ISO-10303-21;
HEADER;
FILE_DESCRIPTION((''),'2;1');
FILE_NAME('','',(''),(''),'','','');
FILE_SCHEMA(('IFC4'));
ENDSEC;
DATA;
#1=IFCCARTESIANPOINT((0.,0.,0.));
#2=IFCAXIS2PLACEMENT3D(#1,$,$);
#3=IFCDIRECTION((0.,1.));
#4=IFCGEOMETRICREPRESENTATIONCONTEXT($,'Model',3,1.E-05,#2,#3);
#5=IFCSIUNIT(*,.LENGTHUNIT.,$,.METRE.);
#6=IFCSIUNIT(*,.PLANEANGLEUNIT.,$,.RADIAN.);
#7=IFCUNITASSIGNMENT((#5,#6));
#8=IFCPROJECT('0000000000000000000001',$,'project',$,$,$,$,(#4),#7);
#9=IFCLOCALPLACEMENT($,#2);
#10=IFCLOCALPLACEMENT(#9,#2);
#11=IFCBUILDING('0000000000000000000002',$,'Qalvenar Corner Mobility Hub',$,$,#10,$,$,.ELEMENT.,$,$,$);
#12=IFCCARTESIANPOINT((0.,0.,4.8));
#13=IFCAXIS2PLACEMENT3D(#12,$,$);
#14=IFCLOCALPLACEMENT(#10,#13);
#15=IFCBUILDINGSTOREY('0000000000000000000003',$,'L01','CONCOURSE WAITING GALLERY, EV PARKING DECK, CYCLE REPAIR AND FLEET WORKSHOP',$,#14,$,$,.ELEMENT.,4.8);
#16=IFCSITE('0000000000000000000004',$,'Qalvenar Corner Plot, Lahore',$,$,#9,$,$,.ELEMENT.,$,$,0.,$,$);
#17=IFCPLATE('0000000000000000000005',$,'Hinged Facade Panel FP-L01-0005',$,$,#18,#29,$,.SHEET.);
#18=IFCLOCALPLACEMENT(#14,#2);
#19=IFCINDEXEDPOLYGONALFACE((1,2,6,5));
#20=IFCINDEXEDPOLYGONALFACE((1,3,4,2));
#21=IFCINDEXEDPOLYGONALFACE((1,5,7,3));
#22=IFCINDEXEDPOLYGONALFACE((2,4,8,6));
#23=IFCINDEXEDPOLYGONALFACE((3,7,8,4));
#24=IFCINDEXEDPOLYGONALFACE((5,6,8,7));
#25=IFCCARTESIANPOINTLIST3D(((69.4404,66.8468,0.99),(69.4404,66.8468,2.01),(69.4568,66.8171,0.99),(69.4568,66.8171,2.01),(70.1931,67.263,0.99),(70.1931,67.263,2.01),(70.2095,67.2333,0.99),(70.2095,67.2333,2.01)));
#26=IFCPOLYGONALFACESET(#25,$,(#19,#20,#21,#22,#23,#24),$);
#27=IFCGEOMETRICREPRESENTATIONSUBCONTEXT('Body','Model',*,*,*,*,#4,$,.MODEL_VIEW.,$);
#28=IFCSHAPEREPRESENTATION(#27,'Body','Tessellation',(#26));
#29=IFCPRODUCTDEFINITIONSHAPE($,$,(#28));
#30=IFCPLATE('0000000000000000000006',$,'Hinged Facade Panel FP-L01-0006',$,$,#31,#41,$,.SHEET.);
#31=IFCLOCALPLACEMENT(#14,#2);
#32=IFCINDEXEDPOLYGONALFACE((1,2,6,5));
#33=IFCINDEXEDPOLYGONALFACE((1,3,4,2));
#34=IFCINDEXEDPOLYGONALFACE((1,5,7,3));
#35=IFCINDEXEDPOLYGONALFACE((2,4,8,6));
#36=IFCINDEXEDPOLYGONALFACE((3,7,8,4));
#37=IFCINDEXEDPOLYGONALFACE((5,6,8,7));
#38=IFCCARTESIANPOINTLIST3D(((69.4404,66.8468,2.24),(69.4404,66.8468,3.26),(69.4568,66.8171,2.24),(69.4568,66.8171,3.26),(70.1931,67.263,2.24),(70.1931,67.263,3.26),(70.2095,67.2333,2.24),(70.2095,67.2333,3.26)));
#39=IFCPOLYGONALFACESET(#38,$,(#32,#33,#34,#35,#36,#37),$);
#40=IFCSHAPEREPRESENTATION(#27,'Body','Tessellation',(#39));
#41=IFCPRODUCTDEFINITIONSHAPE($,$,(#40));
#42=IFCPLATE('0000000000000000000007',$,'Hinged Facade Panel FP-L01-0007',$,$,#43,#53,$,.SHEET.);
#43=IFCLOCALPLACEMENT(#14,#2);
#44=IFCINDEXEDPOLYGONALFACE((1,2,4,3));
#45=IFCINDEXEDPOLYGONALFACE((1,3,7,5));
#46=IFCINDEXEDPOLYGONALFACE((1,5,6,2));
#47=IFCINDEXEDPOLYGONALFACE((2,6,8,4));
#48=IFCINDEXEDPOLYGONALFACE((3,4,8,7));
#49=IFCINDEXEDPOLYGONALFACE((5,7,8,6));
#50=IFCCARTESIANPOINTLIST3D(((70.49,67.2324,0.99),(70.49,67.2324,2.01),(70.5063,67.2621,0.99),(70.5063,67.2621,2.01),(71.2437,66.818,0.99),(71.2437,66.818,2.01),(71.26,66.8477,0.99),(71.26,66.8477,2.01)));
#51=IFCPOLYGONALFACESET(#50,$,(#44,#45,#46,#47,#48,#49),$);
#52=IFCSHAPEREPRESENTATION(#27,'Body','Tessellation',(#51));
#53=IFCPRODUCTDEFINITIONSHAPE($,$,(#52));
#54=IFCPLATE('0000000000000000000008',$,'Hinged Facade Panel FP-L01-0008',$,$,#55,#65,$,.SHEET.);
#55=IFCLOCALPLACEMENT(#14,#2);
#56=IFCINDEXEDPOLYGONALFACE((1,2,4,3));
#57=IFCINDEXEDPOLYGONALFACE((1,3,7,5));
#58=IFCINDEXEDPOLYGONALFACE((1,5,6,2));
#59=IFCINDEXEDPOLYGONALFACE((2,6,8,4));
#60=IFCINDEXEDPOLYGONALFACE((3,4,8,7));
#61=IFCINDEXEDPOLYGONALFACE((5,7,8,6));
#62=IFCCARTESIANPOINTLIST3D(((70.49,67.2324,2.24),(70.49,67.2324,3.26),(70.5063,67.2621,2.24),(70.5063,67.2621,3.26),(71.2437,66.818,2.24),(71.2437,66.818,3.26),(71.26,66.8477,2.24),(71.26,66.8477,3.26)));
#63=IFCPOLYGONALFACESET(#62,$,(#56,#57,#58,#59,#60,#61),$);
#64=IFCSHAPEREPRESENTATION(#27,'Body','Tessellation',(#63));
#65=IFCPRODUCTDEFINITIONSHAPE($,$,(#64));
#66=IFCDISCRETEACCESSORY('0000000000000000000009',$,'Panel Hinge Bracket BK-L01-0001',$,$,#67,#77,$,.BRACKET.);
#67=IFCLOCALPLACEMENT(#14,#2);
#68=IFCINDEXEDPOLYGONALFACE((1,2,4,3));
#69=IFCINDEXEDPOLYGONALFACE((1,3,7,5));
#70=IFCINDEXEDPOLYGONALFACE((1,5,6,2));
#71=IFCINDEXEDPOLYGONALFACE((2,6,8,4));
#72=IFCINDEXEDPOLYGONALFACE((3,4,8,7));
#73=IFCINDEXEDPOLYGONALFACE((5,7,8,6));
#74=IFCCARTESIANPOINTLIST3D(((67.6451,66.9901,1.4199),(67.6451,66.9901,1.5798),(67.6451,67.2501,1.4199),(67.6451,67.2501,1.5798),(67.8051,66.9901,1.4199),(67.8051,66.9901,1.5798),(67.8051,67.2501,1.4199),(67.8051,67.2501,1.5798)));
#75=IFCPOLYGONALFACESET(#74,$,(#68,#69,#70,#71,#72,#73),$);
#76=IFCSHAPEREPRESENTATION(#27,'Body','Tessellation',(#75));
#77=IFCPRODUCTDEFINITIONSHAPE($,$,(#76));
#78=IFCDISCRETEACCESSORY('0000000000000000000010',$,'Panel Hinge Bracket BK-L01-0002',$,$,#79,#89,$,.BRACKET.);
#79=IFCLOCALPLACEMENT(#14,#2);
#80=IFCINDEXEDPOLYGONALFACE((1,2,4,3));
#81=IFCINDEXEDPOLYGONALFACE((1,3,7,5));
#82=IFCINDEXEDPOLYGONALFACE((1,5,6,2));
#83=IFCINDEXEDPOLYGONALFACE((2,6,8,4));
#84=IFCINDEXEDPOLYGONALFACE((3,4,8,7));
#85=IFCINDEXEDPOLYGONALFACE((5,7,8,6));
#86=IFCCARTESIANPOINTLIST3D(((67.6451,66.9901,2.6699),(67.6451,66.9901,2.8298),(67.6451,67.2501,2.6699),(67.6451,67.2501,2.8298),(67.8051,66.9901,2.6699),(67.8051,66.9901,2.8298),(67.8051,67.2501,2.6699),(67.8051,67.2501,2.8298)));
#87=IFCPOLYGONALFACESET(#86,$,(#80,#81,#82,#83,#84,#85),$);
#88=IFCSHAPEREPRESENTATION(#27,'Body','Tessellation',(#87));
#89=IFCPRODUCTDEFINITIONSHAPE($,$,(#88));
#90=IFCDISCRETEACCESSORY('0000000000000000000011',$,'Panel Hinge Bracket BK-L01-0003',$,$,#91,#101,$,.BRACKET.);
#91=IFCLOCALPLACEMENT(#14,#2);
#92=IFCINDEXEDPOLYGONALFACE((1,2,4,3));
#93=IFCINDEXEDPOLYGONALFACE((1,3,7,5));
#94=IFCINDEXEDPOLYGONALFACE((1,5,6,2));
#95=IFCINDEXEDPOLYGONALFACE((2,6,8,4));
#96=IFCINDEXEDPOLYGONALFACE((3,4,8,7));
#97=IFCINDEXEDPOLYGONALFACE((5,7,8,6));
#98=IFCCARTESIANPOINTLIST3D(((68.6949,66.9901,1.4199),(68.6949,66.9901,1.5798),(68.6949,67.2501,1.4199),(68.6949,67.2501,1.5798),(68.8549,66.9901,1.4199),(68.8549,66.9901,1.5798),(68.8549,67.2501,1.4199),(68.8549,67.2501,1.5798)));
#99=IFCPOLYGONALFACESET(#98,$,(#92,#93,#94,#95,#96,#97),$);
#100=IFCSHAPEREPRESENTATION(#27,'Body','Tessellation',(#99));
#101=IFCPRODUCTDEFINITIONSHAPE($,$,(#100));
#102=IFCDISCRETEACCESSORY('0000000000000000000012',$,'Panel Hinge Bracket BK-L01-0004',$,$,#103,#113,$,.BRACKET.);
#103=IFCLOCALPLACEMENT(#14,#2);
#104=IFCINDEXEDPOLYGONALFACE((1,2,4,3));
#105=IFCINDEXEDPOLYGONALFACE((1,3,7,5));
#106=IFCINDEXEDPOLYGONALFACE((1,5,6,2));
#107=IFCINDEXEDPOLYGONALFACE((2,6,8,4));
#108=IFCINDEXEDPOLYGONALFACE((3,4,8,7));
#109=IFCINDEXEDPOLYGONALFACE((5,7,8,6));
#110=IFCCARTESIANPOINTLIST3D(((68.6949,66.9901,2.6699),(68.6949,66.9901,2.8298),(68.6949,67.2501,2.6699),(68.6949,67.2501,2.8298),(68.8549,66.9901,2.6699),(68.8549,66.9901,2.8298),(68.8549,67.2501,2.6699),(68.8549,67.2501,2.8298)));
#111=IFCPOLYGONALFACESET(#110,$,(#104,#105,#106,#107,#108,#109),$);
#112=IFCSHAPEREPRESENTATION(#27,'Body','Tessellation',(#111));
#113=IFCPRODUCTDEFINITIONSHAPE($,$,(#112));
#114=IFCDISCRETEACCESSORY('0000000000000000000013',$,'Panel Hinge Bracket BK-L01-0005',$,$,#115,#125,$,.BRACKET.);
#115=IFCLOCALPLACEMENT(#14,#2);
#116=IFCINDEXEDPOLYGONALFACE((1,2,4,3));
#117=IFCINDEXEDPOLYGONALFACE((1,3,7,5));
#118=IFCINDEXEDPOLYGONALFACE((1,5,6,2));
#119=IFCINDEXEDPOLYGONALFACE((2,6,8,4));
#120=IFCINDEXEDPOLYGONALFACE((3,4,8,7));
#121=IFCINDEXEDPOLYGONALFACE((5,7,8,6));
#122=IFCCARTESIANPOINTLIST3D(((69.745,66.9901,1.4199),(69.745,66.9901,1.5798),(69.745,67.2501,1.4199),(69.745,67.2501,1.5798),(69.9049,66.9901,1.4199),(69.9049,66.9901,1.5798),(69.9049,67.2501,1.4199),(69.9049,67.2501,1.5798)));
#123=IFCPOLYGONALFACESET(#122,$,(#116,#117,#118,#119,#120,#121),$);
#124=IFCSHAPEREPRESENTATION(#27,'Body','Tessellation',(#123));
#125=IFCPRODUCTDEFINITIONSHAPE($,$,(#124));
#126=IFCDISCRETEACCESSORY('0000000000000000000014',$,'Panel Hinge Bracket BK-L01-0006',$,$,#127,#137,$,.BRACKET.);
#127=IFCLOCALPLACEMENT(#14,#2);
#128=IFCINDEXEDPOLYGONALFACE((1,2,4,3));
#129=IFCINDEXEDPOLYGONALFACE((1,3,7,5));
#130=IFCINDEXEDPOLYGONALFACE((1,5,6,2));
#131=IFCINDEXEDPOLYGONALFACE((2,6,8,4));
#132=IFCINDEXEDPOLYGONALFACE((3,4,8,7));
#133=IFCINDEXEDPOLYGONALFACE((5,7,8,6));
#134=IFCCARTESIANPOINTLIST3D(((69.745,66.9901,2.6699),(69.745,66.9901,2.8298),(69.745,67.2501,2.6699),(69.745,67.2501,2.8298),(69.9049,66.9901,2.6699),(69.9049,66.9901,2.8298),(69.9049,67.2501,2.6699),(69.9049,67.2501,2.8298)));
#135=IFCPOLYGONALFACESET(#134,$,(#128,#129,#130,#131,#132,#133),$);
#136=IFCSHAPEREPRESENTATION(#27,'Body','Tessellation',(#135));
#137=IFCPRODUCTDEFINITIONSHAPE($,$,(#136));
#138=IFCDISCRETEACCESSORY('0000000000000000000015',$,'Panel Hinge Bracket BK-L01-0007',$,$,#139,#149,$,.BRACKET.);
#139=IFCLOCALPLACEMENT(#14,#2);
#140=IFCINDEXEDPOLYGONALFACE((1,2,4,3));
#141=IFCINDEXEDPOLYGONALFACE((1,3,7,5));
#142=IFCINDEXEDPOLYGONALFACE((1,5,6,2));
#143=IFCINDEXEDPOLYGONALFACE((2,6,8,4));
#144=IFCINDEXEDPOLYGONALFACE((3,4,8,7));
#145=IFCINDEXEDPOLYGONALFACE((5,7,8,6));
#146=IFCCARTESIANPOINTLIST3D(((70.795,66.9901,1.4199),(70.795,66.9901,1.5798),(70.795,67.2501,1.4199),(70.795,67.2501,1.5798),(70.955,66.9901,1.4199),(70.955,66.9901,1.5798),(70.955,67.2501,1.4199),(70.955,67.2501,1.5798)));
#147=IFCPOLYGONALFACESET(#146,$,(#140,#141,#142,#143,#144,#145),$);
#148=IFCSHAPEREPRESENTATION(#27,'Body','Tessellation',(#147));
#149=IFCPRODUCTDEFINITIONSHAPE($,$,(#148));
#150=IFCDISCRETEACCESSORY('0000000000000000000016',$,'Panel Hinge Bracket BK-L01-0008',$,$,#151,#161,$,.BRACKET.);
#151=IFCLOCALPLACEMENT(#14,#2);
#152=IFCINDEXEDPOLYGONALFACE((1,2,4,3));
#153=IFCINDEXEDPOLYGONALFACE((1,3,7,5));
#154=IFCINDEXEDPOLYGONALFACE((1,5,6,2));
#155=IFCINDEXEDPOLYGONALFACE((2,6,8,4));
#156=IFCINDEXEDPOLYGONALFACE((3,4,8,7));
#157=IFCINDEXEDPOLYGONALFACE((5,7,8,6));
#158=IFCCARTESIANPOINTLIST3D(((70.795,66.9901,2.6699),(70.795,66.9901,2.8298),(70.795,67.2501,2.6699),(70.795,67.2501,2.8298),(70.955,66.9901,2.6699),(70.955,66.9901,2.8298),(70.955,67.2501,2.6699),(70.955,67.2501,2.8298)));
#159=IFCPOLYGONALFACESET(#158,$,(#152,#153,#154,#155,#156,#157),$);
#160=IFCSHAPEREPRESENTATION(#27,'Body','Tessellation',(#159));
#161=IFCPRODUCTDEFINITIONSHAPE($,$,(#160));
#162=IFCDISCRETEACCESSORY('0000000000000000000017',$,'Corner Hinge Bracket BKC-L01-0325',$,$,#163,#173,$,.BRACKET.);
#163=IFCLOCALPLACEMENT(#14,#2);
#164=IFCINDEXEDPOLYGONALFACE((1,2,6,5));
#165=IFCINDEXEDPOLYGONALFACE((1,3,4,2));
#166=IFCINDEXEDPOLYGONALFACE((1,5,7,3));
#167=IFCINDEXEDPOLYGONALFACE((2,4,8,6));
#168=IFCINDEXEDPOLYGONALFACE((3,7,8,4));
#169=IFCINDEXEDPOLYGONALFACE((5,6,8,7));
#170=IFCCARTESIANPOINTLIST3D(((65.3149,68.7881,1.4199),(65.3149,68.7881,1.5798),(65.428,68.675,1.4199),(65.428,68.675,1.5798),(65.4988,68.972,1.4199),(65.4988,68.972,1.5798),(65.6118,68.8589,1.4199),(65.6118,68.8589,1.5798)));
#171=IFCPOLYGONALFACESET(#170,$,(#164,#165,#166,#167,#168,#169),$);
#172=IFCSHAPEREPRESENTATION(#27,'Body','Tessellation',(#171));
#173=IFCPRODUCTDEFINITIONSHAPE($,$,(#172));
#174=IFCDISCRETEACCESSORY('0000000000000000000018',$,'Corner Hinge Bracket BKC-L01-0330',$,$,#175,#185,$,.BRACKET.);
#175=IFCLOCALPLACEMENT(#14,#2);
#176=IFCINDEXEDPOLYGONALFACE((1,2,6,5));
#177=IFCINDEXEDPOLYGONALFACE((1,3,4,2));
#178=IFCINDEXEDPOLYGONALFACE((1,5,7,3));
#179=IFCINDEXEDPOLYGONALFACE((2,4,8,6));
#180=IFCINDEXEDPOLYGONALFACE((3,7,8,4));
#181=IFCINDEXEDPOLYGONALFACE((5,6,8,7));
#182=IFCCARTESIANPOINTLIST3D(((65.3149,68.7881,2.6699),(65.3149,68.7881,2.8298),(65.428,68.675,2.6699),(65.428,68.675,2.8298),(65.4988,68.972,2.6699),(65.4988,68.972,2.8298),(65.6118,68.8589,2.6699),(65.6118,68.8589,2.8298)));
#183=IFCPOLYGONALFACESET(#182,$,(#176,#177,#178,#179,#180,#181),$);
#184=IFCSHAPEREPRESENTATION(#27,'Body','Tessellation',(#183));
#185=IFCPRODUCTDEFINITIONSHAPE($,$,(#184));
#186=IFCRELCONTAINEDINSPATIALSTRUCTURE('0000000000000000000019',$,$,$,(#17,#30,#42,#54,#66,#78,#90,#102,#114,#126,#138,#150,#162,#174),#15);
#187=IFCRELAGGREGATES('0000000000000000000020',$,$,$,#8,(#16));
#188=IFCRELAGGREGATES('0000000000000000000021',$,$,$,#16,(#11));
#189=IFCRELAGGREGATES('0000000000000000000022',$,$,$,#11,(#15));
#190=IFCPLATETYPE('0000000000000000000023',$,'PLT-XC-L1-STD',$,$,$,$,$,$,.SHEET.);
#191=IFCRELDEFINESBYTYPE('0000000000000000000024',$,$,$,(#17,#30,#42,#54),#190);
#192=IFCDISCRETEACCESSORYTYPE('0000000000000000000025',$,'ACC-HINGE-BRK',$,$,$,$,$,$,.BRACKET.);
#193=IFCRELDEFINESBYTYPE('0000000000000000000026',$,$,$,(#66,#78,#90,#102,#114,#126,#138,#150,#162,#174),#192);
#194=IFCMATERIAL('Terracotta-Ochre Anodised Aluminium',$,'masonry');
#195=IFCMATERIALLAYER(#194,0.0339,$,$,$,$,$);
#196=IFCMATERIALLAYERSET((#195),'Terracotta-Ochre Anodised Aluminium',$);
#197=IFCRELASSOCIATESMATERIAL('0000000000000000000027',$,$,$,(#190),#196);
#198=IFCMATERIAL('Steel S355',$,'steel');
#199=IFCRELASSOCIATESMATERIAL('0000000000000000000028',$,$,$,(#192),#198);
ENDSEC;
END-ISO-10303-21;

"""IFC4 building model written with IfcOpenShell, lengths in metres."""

from ifc_helpers import new_model, si_unit, direction, frame, origin, origin_2d, place, context, subcontext, project, spatial, rectangle, extrude, material, layer, layer_set, type_object, element, save


model = new_model("IFC4")

# Units and contexts
model_context = context("Model", 3, precision=1e-05, world=origin(), true_north=direction((0.0, 1.0)))
body_context = subcontext(model_context, "Body", "Model", "MODEL_VIEW")
ifc_project = project(units=[si_unit("LENGTHUNIT", "METRE"), si_unit("PLANEANGLEUNIT", "RADIAN")], contexts=[model_context])

# Site, building, storey
site_placement = place(None, origin())
site = spatial("IfcSite", under=ifc_project, at=site_placement, Name="Qalvenar Corner Plot, Lahore", CompositionType="ELEMENT", RefElevation=0.0)
building_placement = place(site_placement, origin())
building = spatial("IfcBuilding", under=site, at=building_placement, Name="Qalvenar Corner Mobility Hub", CompositionType="ELEMENT")
storey_placement = place(building_placement, frame((0.0, 0.0, 4.8)))
storey = spatial("IfcBuildingStorey", under=building, at=storey_placement, Name="L01", Description="CONCOURSE WAITING GALLERY, EV PARKING DECK, CYCLE REPAIR AND FLEET WORKSHOP", CompositionType="ELEMENT", Elevation=4.8)

# Shared definitions
ifc_material_1 = material(Name="Steel S355", Category="steel")

# Plates
ifc_material_2 = material(Name="Terracotta-Ochre Anodised Aluminium", Category="masonry")
ifc_layer_1 = layer(ifc_material_2, 0.0339)
ifc_layer_set_1 = layer_set([ifc_layer_1], Name="Terracotta-Ochre Anodised Aluminium")
plate_type_1 = type_object("IfcPlateType", Name="PLT-XC-L1-STD", PredefinedType="SHEET", material=ifc_layer_set_1)
for number, where, z_axis, x_axis, name in (
    (1, (69.825, 67.04, 0.99), (0.0, 0.0, 1.0), (0.875127, 0.483893, 0.0), "Hinged Facade Panel FP-L01-0005"),
    (2, (69.825, 67.04, 2.24), (0.0, 0.0, 1.0), (0.875127, 0.483893, 0.0), "Hinged Facade Panel FP-L01-0006"),
    (3, (70.875, 67.04, 0.99), (0.0, 0.0, 1.0), (0.876307, -0.481754, 0.0), "Hinged Facade Panel FP-L01-0007"),
    (4, (70.875, 67.04, 2.24), (0.0, 0.0, 1.0), (0.876307, -0.481754, 0.0), "Hinged Facade Panel FP-L01-0008"),
):
    element("IfcPlate", number, at=place(storey_placement, frame(where, z_axis=z_axis, x_axis=x_axis)), inside=storey, type_object=plate_type_1, Name=name, PredefinedType="SHEET", context=body_context, shape_type="SweptSolid", body=[
        extrude(rectangle(XDim=0.8601, YDim=0.0339, at=origin_2d()), origin(), (0.0, 0.0, 1.0), 1.02),
    ])

# Discrete accessories
discrete_accessory_type = type_object("IfcDiscreteAccessoryType", Name="ACC-HINGE-BRK", PredefinedType="BRACKET", material=ifc_material_1)
for number, where, z_axis, x_axis, name in (
    (5, (67.7251, 67.1201, 1.4199), (0.0, 0.0, 1.0), (1.0, 0.0, 0.0), "Panel Hinge Bracket BK-L01-0001"),
    (6, (67.7251, 67.1201, 2.6699), (0.0, 0.0, 1.0), (1.0, 0.0, 0.0), "Panel Hinge Bracket BK-L01-0002"),
    (7, (68.7749, 67.1201, 1.4199), (0.0, 0.0, 1.0), (1.0, 0.0, 0.0), "Panel Hinge Bracket BK-L01-0003"),
    (8, (68.7749, 67.1201, 2.6699), (0.0, 0.0, 1.0), (1.0, 0.0, 0.0), "Panel Hinge Bracket BK-L01-0004"),
    (9, (69.825, 67.1201, 1.4199), (0.0, 0.0, 1.0), (1.0, 0.0, 0.0), "Panel Hinge Bracket BK-L01-0005"),
    (10, (69.825, 67.1201, 2.6699), (0.0, 0.0, 1.0), (1.0, 0.0, 0.0), "Panel Hinge Bracket BK-L01-0006"),
    (11, (70.875, 67.1201, 1.4199), (0.0, 0.0, 1.0), (1.0, 0.0, 0.0), "Panel Hinge Bracket BK-L01-0007"),
    (12, (70.875, 67.1201, 2.6699), (0.0, 0.0, 1.0), (1.0, 0.0, 0.0), "Panel Hinge Bracket BK-L01-0008"),
    (13, (65.4634, 68.8235, 1.4199), (0.0, 0.0, 1.0), (0.707107, -0.707107, 0.0), "Corner Hinge Bracket BKC-L01-0325"),
    (14, (65.4634, 68.8235, 2.6699), (0.0, 0.0, 1.0), (0.707107, -0.707107, 0.0), "Corner Hinge Bracket BKC-L01-0330"),
):
    element("IfcDiscreteAccessory", number, at=place(storey_placement, frame(where, z_axis=z_axis, x_axis=x_axis)), inside=storey, type_object=discrete_accessory_type, Name=name, PredefinedType="BRACKET", context=body_context, shape_type="SweptSolid", body=[
        extrude(rectangle(XDim=0.1599, YDim=0.26, at=origin_2d()), origin(), (0.0, 0.0, 1.0), 0.1599),
    ])

save(model, "model.ifc")
